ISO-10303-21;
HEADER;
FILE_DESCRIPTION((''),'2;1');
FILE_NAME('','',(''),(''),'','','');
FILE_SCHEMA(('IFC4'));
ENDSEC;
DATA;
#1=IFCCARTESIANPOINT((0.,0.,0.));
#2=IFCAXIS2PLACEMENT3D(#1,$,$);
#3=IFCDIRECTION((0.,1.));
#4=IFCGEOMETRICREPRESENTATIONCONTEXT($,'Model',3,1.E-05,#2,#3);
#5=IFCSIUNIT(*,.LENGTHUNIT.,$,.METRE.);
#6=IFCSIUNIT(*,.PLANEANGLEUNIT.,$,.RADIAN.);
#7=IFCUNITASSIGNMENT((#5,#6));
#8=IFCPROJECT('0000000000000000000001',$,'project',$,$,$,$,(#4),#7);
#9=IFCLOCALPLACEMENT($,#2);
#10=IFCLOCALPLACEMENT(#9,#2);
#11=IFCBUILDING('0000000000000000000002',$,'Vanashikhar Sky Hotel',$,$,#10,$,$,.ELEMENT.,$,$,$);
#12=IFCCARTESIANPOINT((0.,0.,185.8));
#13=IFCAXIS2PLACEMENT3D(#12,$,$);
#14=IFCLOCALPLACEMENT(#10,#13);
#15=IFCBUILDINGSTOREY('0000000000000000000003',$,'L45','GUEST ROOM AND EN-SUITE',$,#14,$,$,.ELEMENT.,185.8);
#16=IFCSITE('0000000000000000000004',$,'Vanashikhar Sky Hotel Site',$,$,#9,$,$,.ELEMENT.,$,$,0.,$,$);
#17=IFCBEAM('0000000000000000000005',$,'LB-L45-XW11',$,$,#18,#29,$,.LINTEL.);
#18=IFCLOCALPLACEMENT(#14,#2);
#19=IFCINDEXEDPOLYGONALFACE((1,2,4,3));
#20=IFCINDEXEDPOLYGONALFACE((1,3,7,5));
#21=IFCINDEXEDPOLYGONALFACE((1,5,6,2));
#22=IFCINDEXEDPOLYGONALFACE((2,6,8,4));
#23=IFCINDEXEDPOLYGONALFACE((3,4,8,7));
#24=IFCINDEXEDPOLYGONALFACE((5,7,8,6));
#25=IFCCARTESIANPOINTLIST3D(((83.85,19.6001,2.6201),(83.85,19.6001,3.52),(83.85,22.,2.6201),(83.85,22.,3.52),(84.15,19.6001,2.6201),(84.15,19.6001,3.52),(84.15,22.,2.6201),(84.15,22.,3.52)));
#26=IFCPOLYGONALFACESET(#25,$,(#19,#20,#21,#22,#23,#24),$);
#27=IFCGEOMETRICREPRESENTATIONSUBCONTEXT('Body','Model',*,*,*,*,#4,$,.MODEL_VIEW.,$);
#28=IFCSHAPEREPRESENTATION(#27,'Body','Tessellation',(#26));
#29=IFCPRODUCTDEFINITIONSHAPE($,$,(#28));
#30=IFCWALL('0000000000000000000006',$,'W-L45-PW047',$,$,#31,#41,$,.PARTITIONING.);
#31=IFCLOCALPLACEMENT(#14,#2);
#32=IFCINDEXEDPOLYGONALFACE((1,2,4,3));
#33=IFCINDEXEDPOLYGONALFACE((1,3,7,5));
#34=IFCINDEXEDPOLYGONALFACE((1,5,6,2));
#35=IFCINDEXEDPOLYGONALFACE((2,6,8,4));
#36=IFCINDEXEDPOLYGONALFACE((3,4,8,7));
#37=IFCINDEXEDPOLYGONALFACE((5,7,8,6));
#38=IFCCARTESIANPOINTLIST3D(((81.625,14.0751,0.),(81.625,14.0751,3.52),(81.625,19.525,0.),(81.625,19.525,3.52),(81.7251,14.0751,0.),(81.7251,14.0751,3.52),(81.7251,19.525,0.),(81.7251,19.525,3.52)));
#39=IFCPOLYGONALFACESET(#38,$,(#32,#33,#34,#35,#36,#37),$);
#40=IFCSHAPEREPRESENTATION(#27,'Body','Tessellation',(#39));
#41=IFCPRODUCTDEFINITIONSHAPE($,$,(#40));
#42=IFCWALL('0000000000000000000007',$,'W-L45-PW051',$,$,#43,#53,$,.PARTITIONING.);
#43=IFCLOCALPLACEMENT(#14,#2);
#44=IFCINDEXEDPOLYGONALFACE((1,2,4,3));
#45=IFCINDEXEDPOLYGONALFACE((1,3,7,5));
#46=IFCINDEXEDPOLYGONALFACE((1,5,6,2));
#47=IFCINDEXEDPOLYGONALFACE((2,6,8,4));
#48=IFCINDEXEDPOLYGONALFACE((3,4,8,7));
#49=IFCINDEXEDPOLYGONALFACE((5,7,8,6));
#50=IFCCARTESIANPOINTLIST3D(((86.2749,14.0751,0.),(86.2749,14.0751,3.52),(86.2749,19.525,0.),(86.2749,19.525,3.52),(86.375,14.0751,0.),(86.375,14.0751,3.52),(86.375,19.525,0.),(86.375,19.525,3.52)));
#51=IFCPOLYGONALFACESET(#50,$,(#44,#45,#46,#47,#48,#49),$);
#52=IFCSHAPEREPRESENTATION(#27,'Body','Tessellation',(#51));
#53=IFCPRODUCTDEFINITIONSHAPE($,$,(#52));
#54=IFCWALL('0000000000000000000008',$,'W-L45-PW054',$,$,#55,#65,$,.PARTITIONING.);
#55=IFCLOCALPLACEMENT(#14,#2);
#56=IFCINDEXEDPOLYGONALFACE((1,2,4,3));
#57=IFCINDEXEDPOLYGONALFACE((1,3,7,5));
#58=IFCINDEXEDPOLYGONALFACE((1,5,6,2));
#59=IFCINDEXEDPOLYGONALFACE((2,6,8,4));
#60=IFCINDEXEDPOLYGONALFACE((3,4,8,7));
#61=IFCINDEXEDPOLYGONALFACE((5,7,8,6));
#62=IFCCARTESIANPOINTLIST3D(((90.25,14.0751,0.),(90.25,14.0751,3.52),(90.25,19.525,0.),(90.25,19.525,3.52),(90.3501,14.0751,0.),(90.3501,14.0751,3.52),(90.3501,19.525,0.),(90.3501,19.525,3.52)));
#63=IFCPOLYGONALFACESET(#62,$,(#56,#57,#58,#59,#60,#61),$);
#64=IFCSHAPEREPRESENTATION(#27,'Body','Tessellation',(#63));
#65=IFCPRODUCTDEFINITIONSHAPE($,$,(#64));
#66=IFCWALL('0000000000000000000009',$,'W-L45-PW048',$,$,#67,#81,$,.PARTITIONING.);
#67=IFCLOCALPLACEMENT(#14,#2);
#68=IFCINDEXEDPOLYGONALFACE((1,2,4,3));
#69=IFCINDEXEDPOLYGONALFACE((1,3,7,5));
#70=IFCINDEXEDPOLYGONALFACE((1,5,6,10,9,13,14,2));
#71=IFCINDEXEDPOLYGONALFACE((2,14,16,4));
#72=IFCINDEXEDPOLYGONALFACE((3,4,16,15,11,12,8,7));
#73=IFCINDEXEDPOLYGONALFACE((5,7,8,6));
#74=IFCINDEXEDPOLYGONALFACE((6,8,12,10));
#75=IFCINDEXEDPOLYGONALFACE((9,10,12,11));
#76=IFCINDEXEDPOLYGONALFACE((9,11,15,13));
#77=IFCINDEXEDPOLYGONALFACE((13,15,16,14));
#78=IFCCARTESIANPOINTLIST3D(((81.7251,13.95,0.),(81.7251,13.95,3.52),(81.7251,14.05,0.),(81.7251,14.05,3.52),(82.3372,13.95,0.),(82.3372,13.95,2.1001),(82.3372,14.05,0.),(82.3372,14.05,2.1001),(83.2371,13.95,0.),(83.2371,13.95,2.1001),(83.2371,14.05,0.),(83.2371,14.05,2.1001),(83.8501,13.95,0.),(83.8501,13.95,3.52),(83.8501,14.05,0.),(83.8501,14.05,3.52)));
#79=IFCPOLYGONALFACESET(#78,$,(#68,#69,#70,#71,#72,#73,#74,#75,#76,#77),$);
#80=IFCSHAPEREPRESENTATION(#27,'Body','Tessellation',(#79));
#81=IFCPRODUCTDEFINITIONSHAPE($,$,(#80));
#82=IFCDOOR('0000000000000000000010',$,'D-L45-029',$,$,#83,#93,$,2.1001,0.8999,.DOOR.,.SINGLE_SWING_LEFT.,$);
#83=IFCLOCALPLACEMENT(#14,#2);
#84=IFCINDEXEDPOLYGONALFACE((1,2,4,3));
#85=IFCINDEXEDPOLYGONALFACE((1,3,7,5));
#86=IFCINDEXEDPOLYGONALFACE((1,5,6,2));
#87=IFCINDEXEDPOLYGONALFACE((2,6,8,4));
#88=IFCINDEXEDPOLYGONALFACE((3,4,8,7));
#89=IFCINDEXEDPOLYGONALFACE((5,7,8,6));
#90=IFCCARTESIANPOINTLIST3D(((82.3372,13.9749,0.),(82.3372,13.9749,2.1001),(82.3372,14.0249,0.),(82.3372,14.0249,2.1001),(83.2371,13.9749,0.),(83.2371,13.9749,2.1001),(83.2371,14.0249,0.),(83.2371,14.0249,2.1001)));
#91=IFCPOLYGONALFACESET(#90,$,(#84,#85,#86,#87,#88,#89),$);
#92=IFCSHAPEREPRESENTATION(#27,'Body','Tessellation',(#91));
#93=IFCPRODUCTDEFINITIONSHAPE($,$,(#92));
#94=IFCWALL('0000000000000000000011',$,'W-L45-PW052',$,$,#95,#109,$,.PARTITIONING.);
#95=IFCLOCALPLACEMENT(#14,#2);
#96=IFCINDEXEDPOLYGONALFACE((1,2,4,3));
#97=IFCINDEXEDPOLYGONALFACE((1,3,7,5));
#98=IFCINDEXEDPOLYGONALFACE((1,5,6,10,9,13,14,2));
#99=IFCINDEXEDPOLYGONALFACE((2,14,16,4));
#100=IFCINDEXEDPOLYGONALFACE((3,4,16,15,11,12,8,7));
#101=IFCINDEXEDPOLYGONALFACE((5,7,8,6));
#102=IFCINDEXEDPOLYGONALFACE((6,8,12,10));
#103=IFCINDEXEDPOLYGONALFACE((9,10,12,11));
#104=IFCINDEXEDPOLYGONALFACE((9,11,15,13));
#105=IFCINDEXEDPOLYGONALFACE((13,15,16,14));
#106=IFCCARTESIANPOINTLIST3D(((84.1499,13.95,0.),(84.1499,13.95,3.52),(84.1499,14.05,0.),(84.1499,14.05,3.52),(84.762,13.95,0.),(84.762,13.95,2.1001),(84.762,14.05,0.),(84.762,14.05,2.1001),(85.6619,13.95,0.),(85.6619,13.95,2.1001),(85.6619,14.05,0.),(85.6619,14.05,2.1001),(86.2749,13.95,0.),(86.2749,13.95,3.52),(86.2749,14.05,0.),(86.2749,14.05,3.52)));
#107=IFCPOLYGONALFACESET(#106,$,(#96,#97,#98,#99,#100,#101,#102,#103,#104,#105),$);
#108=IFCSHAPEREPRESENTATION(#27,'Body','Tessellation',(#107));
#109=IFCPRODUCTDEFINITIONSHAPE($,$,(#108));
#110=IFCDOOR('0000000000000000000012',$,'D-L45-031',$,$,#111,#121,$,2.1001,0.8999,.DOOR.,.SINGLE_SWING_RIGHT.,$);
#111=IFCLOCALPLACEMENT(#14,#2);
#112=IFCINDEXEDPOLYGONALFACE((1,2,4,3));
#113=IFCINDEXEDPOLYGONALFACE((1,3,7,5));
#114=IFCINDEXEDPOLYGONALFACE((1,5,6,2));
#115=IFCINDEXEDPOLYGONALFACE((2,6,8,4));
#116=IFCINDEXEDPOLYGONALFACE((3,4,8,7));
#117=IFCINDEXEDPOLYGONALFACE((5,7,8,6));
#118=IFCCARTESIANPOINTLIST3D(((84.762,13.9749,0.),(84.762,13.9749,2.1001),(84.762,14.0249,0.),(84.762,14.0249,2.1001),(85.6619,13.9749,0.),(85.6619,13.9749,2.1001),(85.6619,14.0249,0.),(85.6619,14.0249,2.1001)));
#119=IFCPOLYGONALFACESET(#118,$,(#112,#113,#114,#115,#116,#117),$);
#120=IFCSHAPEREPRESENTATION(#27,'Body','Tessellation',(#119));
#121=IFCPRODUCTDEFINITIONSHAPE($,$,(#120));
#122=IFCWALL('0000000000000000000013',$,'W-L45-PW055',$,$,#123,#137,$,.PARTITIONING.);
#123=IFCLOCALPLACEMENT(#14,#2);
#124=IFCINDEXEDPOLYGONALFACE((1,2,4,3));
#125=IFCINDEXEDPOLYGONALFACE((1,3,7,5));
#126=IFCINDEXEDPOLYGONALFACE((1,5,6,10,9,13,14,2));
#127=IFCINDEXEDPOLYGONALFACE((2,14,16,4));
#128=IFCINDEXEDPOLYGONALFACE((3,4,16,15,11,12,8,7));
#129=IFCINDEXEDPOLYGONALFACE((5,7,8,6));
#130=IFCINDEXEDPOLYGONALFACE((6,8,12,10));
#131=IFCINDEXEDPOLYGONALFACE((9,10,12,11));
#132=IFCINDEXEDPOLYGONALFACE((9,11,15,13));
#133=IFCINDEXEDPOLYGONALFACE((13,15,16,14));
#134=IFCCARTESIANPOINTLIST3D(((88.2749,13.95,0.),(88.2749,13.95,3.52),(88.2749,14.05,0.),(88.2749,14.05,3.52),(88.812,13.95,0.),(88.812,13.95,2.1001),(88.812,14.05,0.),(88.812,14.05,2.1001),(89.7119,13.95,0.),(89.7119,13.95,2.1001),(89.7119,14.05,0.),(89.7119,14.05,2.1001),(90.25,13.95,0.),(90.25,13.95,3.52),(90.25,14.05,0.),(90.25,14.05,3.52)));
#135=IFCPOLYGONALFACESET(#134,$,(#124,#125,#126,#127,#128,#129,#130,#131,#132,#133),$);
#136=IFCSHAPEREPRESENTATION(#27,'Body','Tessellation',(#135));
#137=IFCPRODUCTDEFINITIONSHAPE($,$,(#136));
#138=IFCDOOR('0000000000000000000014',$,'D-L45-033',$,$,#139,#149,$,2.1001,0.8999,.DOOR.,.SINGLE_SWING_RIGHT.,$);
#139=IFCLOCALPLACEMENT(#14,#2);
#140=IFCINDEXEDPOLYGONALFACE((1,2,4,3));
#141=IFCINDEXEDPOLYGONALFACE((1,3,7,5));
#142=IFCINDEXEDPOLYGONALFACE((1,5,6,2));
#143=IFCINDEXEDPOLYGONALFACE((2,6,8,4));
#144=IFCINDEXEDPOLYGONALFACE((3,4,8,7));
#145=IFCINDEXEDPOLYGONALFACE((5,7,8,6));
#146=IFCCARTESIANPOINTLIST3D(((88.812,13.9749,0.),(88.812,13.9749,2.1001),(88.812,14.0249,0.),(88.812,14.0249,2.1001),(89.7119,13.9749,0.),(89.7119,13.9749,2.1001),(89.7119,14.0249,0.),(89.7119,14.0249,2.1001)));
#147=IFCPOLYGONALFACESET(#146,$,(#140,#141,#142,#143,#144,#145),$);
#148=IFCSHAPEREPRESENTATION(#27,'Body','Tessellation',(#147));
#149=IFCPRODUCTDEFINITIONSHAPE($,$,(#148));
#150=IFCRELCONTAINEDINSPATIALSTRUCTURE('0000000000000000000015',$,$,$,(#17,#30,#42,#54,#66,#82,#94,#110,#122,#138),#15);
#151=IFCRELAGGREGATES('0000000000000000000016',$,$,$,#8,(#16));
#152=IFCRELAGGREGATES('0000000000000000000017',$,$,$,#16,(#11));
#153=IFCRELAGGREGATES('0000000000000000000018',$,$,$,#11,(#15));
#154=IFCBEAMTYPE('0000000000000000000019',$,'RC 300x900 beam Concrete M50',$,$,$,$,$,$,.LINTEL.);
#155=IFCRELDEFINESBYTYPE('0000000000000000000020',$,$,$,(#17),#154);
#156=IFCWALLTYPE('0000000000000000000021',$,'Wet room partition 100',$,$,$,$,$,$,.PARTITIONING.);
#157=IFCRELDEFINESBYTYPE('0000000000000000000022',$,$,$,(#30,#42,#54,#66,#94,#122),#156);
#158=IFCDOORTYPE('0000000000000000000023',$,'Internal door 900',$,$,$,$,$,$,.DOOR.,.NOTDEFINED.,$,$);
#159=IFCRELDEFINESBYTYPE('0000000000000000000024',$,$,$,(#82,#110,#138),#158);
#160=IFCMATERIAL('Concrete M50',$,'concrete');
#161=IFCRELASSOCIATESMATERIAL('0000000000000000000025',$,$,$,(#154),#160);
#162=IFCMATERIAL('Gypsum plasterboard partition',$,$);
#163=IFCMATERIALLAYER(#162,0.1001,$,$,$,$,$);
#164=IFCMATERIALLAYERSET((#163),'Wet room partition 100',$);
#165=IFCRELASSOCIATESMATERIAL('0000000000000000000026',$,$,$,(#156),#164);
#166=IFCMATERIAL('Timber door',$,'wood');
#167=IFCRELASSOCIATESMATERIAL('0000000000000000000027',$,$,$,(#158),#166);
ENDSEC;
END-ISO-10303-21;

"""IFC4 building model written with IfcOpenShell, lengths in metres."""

from ifc_helpers import new_model, si_unit, direction, frame, frame_2d, origin, origin_2d, place, context, subcontext, project, spatial, rectangle, extrude, source, transform, mapped, material, layer, layer_set, material_profile, profile_set, type_object, element, fill, save


model = new_model("IFC4")

# Units and contexts
model_context = context("Model", 3, precision=1e-05, world=origin(), true_north=direction((0.0, 1.0)))
body_context = subcontext(model_context, "Body", "Model", "MODEL_VIEW")
ifc_project = project(units=[si_unit("LENGTHUNIT", "METRE"), si_unit("PLANEANGLEUNIT", "RADIAN")], contexts=[model_context])

# Site, building, storey
site_placement = place(None, origin())
site = spatial("IfcSite", under=ifc_project, at=site_placement, Name="Vanashikhar Sky Hotel Site", CompositionType="ELEMENT", RefElevation=0.0)
building_placement = place(site_placement, origin())
building = spatial("IfcBuilding", under=site, at=building_placement, Name="Vanashikhar Sky Hotel", CompositionType="ELEMENT")
storey_placement = place(building_placement, frame((0.0, 0.0, 185.8)))
storey = spatial("IfcBuildingStorey", under=building, at=storey_placement, Name="L45", Description="GUEST ROOM AND EN-SUITE", CompositionType="ELEMENT", Elevation=185.8)

# Beam
ifc_material_1 = material(Name="Concrete M50", Category="concrete")
ifc_material_profile = material_profile(ifc_material_1, rectangle(XDim=0.3, YDim=0.8999, at=origin_2d()))
ifc_profile_set = profile_set([ifc_material_profile], Name="RC 300x900 beam Concrete M50")
beam_type = type_object("IfcBeamType", Name="RC 300x900 beam Concrete M50", PredefinedType="LINTEL", material=ifc_profile_set)
shared_shape_1 = source(origin(), body_context, "Body", "SweptSolid", [
    extrude(rectangle(XDim=0.3, YDim=0.8999, at=origin_2d()), origin(), (0.0, 0.0, 1.0), 2.3999),
])
beam_placement = place(storey_placement, frame((84.0, 19.6001, 3.0701), z_axis=(0.0, 1.0, 0.0), x_axis=(-1.0, 0.0, 0.0)))
element("IfcBeam", 1, at=beam_placement, inside=storey, type_object=beam_type, Name="LB-L45-XW11", PredefinedType="LINTEL", context=body_context, shape_type="MappedRepresentation", body=[
    mapped(shared_shape_1, transform((0.0, 0.0, 0.0), scale=1.0)),
])

# Walls
ifc_material_2 = material(Name="Gypsum plasterboard partition")
ifc_layer_1 = layer(ifc_material_2, 0.1001)
ifc_layer_set_1 = layer_set([ifc_layer_1], Name="Wet room partition 100")
wall_type_1 = type_object("IfcWallType", Name="Wet room partition 100", PredefinedType="PARTITIONING", material=ifc_layer_set_1)
shared_shape_2 = source(origin(), body_context, "Body", "SweptSolid", [
    extrude(rectangle(XDim=5.45, YDim=0.1001, at=frame_2d((2.7251, 0.0))), origin(), (0.0, 0.0, 1.0), 3.52),
])
for number, where, z_axis, x_axis, name in (
    (2, (81.675, 14.075, 0.0), (0.0, 0.0, 1.0), (0.0, 1.0, 0.0), "W-L45-PW047"),
    (3, (86.325, 14.075, 0.0), (0.0, 0.0, 1.0), (0.0, 1.0, 0.0), "W-L45-PW051"),
    (4, (90.3, 14.075, 0.0), (0.0, 0.0, 1.0), (0.0, 1.0, 0.0), "W-L45-PW054"),
):
    element("IfcWall", number, at=place(storey_placement, frame(where, z_axis=z_axis, x_axis=x_axis)), inside=storey, type_object=wall_type_1, Name=name, PredefinedType="PARTITIONING", context=body_context, shape_type="MappedRepresentation", body=[
        mapped(shared_shape_2, transform((0.0, 0.0, 0.0), scale=1.0)),
    ])

# Walls, openings, doors
shared_shape_3 = source(origin(), body_context, "Body", "SweptSolid", [
    extrude(rectangle(XDim=2.125, YDim=0.1001, at=frame_2d((1.0625, 0.0))), origin(), (0.0, 0.0, 1.0), 3.52),
])
wall_1_placement = place(storey_placement, frame((81.7251, 14.0, 0.0), z_axis=(0.0, 0.0, 1.0), x_axis=(1.0, 0.0, 0.0)))
wall_1 = element("IfcWall", 5, at=wall_1_placement, inside=storey, type_object=wall_type_1, Name="W-L45-PW048", PredefinedType="PARTITIONING", context=body_context, shape_type="MappedRepresentation", body=[
    mapped(shared_shape_3, transform((0.0, 0.0, 0.0), scale=1.0)),
])
shared_shape_4 = source(origin(), body_context, "Body", "SweptSolid", [
    extrude(rectangle(XDim=0.8999, YDim=2.1001, at=frame_2d((0.45, 1.05))), frame((0.0, 0.0601, 0.0), z_axis=(0.0, -1.0, 0.0), x_axis=(1.0, 0.0, 0.0)), (0.0, 0.0, 1.0), 0.1201),
])
opening_1_placement = place(wall_1_placement, frame((0.6121, 0.0, 0.0)))
opening_1 = element("IfcOpeningElement", 6, at=opening_1_placement, cuts=wall_1, PredefinedType="OPENING", context=body_context, shape_type="MappedRepresentation", body=[
    mapped(shared_shape_4, transform((0.0, 0.0, 0.0), scale=1.0)),
])
ifc_material_3 = material(Name="Timber door", Category="wood")
door_type_1 = type_object("IfcDoorType", Name="Internal door 900", OperationType="NOTDEFINED", PredefinedType="DOOR", material=ifc_material_3)
shared_shape_5 = source(origin(), body_context, "Body", "SweptSolid", [
    extrude(rectangle(XDim=0.8999, YDim=2.1001, at=frame_2d((0.45, 1.05))), frame((0.0, 0.0249, 0.0), z_axis=(0.0, -1.0, 0.0), x_axis=(1.0, 0.0, 0.0)), (0.0, 0.0, 1.0), 0.05),
])
door_1_placement = place(opening_1_placement, origin())
door_1 = element("IfcDoor", 7, at=door_1_placement, inside=storey, type_object=door_type_1, Name="D-L45-029", OperationType="SINGLE_SWING_LEFT", OverallHeight=2.1001, OverallWidth=0.8999, PredefinedType="DOOR", context=body_context, shape_type="MappedRepresentation", body=[
    mapped(shared_shape_5, transform((0.0, 0.0, 0.0), scale=1.0)),
])
fill(opening_1, door_1)
wall_2_placement = place(storey_placement, frame((84.1499, 14.0, 0.0), z_axis=(0.0, 0.0, 1.0), x_axis=(1.0, 0.0, 0.0)))
wall_2 = element("IfcWall", 8, at=wall_2_placement, inside=storey, type_object=wall_type_1, Name="W-L45-PW052", PredefinedType="PARTITIONING", context=body_context, shape_type="MappedRepresentation", body=[
    mapped(shared_shape_3, transform((0.0, 0.0, 0.0), scale=1.0)),
])
opening_2_placement = place(wall_2_placement, frame((0.6121, 0.0, 0.0)))
opening_2 = element("IfcOpeningElement", 9, at=opening_2_placement, cuts=wall_2, PredefinedType="OPENING", context=body_context, shape_type="MappedRepresentation", body=[
    mapped(shared_shape_4, transform((0.0, 0.0, 0.0), scale=1.0)),
])
door_2_placement = place(opening_2_placement, origin())
door_2 = element("IfcDoor", 10, at=door_2_placement, inside=storey, type_object=door_type_1, Name="D-L45-031", OperationType="SINGLE_SWING_RIGHT", OverallHeight=2.1001, OverallWidth=0.8999, PredefinedType="DOOR", context=body_context, shape_type="MappedRepresentation", body=[
    mapped(shared_shape_5, transform((0.0, 0.0, 0.0), scale=1.0)),
])
fill(opening_2, door_2)
shared_shape_6 = source(origin(), body_context, "Body", "SweptSolid", [
    extrude(rectangle(XDim=1.9751, YDim=0.1001, at=frame_2d((0.9875, 0.0))), origin(), (0.0, 0.0, 1.0), 3.52),
])
wall_3_placement = place(storey_placement, frame((88.2749, 14.0, 0.0), z_axis=(0.0, 0.0, 1.0), x_axis=(1.0, 0.0, 0.0)))
wall_3 = element("IfcWall", 11, at=wall_3_placement, inside=storey, type_object=wall_type_1, Name="W-L45-PW055", PredefinedType="PARTITIONING", context=body_context, shape_type="MappedRepresentation", body=[
    mapped(shared_shape_6, transform((0.0, 0.0, 0.0), scale=1.0)),
])
opening_3_placement = place(wall_3_placement, frame((0.5371, 0.0, 0.0)))
opening_3 = element("IfcOpeningElement", 12, at=opening_3_placement, cuts=wall_3, PredefinedType="OPENING", context=body_context, shape_type="MappedRepresentation", body=[
    mapped(shared_shape_4, transform((0.0, 0.0, 0.0), scale=1.0)),
])
door_3_placement = place(opening_3_placement, origin())
door_3 = element("IfcDoor", 13, at=door_3_placement, inside=storey, type_object=door_type_1, Name="D-L45-033", OperationType="SINGLE_SWING_RIGHT", OverallHeight=2.1001, OverallWidth=0.8999, PredefinedType="DOOR", context=body_context, shape_type="MappedRepresentation", body=[
    mapped(shared_shape_5, transform((0.0, 0.0, 0.0), scale=1.0)),
])
fill(opening_3, door_3)

save(model, "model.ifc")
